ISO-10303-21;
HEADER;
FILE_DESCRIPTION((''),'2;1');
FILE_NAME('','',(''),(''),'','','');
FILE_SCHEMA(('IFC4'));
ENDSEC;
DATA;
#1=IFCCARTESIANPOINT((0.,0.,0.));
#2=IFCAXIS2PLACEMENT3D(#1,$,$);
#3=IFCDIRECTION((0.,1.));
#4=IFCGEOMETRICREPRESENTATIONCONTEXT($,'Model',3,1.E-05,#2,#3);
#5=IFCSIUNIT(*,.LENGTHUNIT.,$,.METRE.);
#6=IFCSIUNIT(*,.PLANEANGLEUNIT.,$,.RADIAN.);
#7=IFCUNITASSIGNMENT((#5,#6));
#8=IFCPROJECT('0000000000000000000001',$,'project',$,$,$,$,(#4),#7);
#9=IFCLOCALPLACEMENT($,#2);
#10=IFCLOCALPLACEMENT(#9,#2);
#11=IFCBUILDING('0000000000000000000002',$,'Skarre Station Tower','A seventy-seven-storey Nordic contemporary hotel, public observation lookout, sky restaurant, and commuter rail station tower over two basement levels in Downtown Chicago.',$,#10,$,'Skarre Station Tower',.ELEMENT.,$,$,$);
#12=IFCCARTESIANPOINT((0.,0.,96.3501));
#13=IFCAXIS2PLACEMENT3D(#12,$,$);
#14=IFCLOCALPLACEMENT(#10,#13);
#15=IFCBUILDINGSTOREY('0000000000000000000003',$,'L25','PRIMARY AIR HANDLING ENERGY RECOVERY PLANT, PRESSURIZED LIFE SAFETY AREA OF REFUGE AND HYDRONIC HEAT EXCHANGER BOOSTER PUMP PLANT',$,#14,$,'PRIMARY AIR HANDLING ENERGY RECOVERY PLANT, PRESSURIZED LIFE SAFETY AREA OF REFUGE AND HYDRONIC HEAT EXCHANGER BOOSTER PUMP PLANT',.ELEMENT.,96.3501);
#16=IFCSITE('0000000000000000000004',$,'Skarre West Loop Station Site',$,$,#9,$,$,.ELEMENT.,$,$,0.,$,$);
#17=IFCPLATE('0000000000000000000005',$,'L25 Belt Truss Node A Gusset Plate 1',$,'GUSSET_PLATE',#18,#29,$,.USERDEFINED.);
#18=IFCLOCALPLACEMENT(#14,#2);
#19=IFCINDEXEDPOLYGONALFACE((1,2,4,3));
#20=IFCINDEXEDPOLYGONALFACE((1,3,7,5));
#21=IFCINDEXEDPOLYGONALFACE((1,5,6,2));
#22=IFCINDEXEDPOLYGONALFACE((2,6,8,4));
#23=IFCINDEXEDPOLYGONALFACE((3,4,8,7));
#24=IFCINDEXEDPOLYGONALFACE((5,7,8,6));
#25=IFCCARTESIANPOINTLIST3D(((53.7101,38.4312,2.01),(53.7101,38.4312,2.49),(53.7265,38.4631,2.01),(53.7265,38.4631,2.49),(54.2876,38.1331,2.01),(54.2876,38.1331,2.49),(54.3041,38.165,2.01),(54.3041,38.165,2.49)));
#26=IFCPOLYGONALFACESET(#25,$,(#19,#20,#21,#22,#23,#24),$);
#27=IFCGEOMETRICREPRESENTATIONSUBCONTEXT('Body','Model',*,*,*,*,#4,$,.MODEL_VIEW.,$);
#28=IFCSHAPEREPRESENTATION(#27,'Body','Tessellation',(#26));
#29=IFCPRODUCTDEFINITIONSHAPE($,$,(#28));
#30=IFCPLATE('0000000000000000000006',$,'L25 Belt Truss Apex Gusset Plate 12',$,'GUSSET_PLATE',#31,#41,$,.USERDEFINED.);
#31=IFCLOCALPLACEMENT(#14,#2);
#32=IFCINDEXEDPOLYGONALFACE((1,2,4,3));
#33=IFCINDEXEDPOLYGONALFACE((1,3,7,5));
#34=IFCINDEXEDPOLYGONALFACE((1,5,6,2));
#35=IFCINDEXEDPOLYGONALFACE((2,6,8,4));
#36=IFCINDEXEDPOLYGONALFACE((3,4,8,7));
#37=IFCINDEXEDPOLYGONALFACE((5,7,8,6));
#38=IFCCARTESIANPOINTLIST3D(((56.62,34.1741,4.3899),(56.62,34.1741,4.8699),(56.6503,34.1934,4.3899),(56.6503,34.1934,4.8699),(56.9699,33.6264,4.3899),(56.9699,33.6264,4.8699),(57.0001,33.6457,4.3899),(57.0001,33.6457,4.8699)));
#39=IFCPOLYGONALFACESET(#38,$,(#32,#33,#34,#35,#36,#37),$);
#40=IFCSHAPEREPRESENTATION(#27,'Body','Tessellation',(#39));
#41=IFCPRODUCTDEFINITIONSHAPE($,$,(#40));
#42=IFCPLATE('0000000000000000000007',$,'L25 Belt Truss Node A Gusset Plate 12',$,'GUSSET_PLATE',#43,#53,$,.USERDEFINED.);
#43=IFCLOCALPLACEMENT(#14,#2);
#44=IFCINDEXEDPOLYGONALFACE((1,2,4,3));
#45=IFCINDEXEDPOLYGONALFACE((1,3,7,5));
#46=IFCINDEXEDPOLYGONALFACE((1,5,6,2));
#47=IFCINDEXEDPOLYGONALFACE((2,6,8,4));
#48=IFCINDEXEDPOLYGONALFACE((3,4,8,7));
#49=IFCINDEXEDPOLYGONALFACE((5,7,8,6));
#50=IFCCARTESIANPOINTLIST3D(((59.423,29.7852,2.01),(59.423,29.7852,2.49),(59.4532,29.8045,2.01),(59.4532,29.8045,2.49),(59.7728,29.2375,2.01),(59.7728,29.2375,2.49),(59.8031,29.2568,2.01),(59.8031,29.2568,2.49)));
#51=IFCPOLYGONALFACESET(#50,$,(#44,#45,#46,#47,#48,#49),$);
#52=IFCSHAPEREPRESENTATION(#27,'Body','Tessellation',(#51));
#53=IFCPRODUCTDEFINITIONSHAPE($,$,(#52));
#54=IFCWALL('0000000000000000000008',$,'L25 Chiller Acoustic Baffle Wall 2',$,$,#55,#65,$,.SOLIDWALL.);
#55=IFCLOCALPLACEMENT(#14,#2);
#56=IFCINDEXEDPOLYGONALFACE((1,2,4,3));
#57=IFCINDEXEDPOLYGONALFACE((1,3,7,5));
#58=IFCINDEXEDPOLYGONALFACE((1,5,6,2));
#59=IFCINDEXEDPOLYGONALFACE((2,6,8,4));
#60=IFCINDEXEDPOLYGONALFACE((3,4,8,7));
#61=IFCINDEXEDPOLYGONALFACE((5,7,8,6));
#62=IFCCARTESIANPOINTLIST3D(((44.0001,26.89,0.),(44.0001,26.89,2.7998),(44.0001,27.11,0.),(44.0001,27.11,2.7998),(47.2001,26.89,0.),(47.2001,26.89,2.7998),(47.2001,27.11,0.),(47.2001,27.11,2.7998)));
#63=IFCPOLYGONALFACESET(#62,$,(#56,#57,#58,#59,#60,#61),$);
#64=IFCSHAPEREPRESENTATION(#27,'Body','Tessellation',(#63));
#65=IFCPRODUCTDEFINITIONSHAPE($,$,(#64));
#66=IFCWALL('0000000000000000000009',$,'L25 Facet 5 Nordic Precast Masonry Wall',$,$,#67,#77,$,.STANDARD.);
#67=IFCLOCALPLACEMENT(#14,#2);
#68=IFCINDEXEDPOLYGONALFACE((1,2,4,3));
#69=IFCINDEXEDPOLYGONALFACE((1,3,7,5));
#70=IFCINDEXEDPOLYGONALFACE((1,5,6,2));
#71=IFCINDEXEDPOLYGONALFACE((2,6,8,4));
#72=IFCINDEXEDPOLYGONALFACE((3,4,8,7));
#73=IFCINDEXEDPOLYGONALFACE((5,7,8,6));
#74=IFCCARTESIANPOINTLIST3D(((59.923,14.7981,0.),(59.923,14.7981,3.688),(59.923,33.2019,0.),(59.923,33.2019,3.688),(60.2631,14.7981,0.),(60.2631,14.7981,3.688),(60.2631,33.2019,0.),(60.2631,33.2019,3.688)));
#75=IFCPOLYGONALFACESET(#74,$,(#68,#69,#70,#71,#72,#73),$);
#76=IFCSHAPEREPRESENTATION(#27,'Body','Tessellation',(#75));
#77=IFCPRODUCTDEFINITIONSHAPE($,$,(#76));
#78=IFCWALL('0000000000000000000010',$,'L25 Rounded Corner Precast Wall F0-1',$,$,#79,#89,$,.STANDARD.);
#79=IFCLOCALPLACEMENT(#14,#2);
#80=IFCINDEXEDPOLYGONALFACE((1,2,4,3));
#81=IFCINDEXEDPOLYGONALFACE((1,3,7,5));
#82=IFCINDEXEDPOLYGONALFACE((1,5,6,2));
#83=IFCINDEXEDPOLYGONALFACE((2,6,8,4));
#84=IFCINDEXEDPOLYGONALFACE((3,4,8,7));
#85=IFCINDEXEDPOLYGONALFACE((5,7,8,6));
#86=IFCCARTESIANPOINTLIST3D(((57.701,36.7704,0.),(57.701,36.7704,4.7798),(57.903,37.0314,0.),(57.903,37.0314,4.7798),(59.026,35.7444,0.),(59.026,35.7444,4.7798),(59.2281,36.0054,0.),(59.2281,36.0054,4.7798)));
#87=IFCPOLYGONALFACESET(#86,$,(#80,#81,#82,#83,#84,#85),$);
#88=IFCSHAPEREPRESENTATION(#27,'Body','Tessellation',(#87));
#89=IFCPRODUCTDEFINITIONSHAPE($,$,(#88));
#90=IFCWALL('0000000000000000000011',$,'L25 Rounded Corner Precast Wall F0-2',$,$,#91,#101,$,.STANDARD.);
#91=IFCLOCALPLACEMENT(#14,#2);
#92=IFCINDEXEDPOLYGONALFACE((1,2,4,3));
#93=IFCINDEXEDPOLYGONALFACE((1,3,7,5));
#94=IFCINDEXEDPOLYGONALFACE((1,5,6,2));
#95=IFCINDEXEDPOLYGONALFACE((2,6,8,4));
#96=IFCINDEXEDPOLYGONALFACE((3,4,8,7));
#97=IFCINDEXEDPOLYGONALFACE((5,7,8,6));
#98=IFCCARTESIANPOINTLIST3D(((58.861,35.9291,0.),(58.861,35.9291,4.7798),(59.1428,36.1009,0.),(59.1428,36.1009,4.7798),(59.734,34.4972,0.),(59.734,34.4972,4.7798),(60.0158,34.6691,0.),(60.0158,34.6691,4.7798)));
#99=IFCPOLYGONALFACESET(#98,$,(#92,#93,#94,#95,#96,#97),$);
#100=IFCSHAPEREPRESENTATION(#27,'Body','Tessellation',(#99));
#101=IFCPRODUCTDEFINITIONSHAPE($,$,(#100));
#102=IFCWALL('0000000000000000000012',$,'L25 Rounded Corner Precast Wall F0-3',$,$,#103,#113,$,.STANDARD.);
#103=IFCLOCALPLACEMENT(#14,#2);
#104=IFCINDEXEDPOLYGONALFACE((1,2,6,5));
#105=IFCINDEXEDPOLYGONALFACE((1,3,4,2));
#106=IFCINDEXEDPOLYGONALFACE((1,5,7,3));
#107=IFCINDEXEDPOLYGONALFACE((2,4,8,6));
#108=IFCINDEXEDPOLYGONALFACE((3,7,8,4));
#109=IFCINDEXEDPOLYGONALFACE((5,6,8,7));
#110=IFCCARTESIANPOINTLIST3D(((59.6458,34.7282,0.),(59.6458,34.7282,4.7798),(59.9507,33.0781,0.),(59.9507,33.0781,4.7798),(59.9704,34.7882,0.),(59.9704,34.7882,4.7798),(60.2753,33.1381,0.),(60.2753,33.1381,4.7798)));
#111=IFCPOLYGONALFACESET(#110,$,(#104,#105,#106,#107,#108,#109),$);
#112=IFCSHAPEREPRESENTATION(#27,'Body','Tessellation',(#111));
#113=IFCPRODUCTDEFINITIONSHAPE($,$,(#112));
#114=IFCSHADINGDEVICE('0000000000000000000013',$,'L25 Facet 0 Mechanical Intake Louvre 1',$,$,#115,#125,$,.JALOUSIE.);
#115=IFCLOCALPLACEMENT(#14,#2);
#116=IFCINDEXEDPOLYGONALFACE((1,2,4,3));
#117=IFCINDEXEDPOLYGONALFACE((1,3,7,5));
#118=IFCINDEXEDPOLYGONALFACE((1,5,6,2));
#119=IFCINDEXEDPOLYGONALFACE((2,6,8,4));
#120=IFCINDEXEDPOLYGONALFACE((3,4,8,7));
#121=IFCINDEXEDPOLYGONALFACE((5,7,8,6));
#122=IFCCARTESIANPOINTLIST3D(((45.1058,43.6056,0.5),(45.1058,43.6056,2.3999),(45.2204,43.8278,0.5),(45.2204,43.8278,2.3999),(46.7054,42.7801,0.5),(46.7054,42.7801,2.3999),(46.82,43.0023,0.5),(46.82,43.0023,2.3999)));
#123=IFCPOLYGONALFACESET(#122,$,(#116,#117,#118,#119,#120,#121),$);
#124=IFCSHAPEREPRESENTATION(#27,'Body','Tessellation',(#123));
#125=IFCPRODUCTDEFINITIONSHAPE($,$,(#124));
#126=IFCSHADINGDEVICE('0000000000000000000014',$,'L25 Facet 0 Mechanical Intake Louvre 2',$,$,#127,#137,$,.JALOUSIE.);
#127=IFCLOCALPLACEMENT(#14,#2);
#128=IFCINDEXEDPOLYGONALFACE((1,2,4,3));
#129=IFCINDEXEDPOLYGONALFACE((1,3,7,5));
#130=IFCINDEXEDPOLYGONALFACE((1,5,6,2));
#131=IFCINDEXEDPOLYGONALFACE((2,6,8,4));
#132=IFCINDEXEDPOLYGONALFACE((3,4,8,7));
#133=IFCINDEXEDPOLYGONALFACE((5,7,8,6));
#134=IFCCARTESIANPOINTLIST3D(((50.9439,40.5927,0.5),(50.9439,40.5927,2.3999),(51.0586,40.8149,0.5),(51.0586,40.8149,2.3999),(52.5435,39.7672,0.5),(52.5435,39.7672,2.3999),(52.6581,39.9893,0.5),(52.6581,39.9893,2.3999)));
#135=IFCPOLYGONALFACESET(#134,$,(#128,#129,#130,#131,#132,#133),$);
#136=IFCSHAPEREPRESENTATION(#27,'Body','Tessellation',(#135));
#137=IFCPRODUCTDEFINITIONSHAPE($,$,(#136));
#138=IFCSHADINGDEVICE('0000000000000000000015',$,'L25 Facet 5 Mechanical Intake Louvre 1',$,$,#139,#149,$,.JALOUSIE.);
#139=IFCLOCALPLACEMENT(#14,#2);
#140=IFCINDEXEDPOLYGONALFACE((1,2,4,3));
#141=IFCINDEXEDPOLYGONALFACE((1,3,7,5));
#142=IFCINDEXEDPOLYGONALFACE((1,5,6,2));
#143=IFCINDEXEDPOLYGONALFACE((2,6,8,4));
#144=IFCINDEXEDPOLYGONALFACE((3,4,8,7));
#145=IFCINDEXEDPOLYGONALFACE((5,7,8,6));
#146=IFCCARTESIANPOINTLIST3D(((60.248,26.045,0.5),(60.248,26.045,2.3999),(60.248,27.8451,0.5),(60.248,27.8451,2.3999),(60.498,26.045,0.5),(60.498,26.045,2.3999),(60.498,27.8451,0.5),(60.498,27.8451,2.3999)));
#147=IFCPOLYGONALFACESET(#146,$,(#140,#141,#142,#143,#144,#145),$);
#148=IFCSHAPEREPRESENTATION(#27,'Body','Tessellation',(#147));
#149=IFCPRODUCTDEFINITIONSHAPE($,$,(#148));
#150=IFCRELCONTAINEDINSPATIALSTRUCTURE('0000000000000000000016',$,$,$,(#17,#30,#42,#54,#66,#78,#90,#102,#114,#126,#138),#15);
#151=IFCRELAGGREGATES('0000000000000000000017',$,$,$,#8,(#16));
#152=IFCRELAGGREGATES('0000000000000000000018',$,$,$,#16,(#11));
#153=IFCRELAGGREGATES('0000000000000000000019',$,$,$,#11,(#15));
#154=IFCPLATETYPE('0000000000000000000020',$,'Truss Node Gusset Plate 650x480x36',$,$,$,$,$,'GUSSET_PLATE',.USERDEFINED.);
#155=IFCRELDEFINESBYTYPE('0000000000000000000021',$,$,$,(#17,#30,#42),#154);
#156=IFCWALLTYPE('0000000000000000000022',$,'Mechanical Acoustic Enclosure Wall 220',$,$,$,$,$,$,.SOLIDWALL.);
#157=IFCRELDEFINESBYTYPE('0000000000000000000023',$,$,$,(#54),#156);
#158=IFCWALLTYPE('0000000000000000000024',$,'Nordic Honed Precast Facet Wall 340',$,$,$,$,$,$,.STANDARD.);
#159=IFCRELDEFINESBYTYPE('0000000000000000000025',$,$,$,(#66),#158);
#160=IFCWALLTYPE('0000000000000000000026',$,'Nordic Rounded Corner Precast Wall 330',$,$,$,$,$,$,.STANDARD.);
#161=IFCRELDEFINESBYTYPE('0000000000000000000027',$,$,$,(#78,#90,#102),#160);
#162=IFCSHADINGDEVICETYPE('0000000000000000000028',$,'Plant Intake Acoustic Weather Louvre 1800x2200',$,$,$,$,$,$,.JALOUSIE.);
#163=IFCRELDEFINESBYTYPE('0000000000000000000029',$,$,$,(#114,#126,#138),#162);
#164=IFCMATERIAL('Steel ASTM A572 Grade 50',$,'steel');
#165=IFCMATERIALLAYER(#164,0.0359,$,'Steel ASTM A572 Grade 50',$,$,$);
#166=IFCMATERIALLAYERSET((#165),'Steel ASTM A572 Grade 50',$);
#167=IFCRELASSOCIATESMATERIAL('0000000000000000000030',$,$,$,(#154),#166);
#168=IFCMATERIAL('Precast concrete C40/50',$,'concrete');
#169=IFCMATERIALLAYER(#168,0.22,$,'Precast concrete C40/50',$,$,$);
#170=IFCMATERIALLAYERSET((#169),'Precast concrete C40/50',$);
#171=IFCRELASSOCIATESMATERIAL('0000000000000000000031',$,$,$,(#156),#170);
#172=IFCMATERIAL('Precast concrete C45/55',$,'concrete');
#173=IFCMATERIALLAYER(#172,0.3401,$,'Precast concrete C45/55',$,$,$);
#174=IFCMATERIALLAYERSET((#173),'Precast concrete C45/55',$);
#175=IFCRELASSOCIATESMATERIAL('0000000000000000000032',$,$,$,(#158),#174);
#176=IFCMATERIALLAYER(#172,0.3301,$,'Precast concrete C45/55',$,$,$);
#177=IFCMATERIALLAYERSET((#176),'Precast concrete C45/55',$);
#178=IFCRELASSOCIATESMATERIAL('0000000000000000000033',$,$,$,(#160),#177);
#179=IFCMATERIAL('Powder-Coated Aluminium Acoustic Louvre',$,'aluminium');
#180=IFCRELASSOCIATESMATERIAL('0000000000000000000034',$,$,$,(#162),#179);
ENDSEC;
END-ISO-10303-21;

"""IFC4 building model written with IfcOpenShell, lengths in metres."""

from ifc_helpers import new_model, si_unit, direction, frame, frame_2d, origin, origin_2d, place, context, subcontext, project, spatial, rectangle, extrude, material, layer, layer_set, type_object, element, save


model = new_model("IFC4")

# Units and contexts
model_context = context("Model", 3, precision=1e-05, world=origin(), true_north=direction((0.0, 1.0)))
body_context = subcontext(model_context, "Body", "Model", "MODEL_VIEW")
ifc_project = project(units=[si_unit("LENGTHUNIT", "METRE"), si_unit("PLANEANGLEUNIT", "RADIAN")], contexts=[model_context])

# Site, building, storey
site_placement = place(None, origin())
site = spatial("IfcSite", under=ifc_project, at=site_placement, Name="Skarre West Loop Station Site", CompositionType="ELEMENT", RefElevation=0.0)
building_placement = place(site_placement, origin())
building = spatial("IfcBuilding", under=site, at=building_placement, Name="Skarre Station Tower", Description="A seventy-seven-storey Nordic contemporary hotel, public observation lookout, sky restaurant, and commuter rail station tower over two basement levels in Downtown Chicago.", LongName="Skarre Station Tower", CompositionType="ELEMENT")
storey_placement = place(building_placement, frame((0.0, 0.0, 96.3501)))
storey = spatial("IfcBuildingStorey", under=building, at=storey_placement, Name="L25", Description="PRIMARY AIR HANDLING ENERGY RECOVERY PLANT, PRESSURIZED LIFE SAFETY AREA OF REFUGE AND HYDRONIC HEAT EXCHANGER BOOSTER PUMP PLANT", LongName="PRIMARY AIR HANDLING ENERGY RECOVERY PLANT, PRESSURIZED LIFE SAFETY AREA OF REFUGE AND HYDRONIC HEAT EXCHANGER BOOSTER PUMP PLANT", CompositionType="ELEMENT", Elevation=96.3501)

# Shared definitions
ifc_material_1 = material(Name="Steel ASTM A572 Grade 50", Category="steel")

# Plates
ifc_layer_1 = layer(ifc_material_1, 0.0359, Name="Steel ASTM A572 Grade 50")
ifc_layer_set_1 = layer_set([ifc_layer_1], Name="Steel ASTM A572 Grade 50")
plate_type_1 = type_object("IfcPlateType", Name="Truss Node Gusset Plate 650x480x36", ElementType="GUSSET_PLATE", PredefinedType="USERDEFINED", material=ifc_layer_set_1)
for number, where, z_axis, x_axis, name in (
    (1, (54.0071, 38.2981, 2.01), (0.0, 0.0, 1.0), (-0.888657, 0.458572, 0.0), "L25 Belt Truss Node A Gusset Plate 1"),
    (2, (56.8101, 33.9099, 4.3899), (0.0, 0.0, 1.0), (-0.538285, 0.842763, 0.0), "L25 Belt Truss Apex Gusset Plate 12"),
    (3, (59.613, 29.521, 2.01), (0.0, 0.0, 1.0), (-0.538285, 0.842763, 0.0), "L25 Belt Truss Node A Gusset Plate 12"),
):
    element("IfcPlate", number, at=place(storey_placement, frame(where, z_axis=z_axis, x_axis=x_axis)), inside=storey, type_object=plate_type_1, Name=name, ObjectType="GUSSET_PLATE", PredefinedType="USERDEFINED", context=body_context, shape_type="SweptSolid", body=[
        extrude(rectangle(XDim=0.6499, YDim=0.0359, at=origin_2d()), origin(), (0.0, 0.0, 1.0), 0.48),
    ])

# Walls
ifc_material_2 = material(Name="Precast concrete C40/50", Category="concrete")
ifc_layer_2 = layer(ifc_material_2, 0.22, Name="Precast concrete C40/50")
ifc_layer_set_2 = layer_set([ifc_layer_2], Name="Precast concrete C40/50")
wall_type_1 = type_object("IfcWallType", Name="Mechanical Acoustic Enclosure Wall 220", PredefinedType="SOLIDWALL", material=ifc_layer_set_2)
wall_1_placement = place(storey_placement, frame((44.0, 27.0, 0.0), z_axis=(0.0, 0.0, 1.0), x_axis=(1.0, 0.0, 0.0)))
element("IfcWall", 4, at=wall_1_placement, inside=storey, type_object=wall_type_1, Name="L25 Chiller Acoustic Baffle Wall 2", PredefinedType="SOLIDWALL", context=body_context, shape_type="SweptSolid", body=[
    extrude(rectangle(XDim=3.2, YDim=0.22, at=frame_2d((1.6001, 0.0))), origin(), (0.0, 0.0, 1.0), 2.7998),
])
ifc_material_3 = material(Name="Precast concrete C45/55", Category="concrete")
ifc_layer_3 = layer(ifc_material_3, 0.3401, Name="Precast concrete C45/55")
ifc_layer_set_3 = layer_set([ifc_layer_3], Name="Precast concrete C45/55")
wall_type_2 = type_object("IfcWallType", Name="Nordic Honed Precast Facet Wall 340", PredefinedType="STANDARD", material=ifc_layer_set_3)
wall_2_placement = place(storey_placement, frame((60.093, 33.2019, 0.0), z_axis=(0.0, 0.0, 1.0), x_axis=(0.0, -1.0, 0.0)))
element("IfcWall", 5, at=wall_2_placement, inside=storey, type_object=wall_type_2, Name="L25 Facet 5 Nordic Precast Masonry Wall", PredefinedType="STANDARD", context=body_context, shape_type="SweptSolid", body=[
    extrude(rectangle(XDim=18.4038, YDim=0.3401, at=frame_2d((9.2019, 0.0))), origin(), (0.0, 0.0, 1.0), 3.688),
])
ifc_layer_4 = layer(ifc_material_3, 0.3301, Name="Precast concrete C45/55")
ifc_layer_set_4 = layer_set([ifc_layer_4], Name="Precast concrete C45/55")
wall_type_3 = type_object("IfcWallType", Name="Nordic Rounded Corner Precast Wall 330", PredefinedType="STANDARD", material=ifc_layer_set_4)
wall_3_placement = place(storey_placement, frame((57.802, 36.9009, 0.0), z_axis=(0.0, 0.0, 1.0), x_axis=(0.790692, -0.612214, 0.0)))
element("IfcWall", 6, at=wall_3_placement, inside=storey, type_object=wall_type_3, Name="L25 Rounded Corner Precast Wall F0-1", PredefinedType="STANDARD", context=body_context, shape_type="SweptSolid", body=[
    extrude(rectangle(XDim=1.6758, YDim=0.3301, at=frame_2d((0.8379, 0.0))), origin(), (0.0, 0.0, 1.0), 4.7798),
])
wall_4_placement = place(storey_placement, frame((59.002, 36.0149, 0.0), z_axis=(0.0, 0.0, 1.0), x_axis=(0.520584, -0.85381, 0.0)))
element("IfcWall", 7, at=wall_4_placement, inside=storey, type_object=wall_type_3, Name="L25 Rounded Corner Precast Wall F0-2", PredefinedType="STANDARD", context=body_context, shape_type="SweptSolid", body=[
    extrude(rectangle(XDim=1.677, YDim=0.3301, at=frame_2d((0.8384, 0.0))), origin(), (0.0, 0.0, 1.0), 4.7798),
])
wall_5_placement = place(storey_placement, frame((59.8081, 34.7581, 0.0), z_axis=(0.0, 0.0, 1.0), x_axis=(0.181714, -0.983351, 0.0)))
element("IfcWall", 8, at=wall_5_placement, inside=storey, type_object=wall_type_3, Name="L25 Rounded Corner Precast Wall F0-3", PredefinedType="STANDARD", context=body_context, shape_type="SweptSolid", body=[
    extrude(rectangle(XDim=1.678, YDim=0.3301, at=frame_2d((0.8389, 0.0))), origin(), (0.0, 0.0, 1.0), 4.7798),
])

# Shading devices
ifc_material_4 = material(Name="Powder-Coated Aluminium Acoustic Louvre", Category="aluminium")
shading_device_type = type_object("IfcShadingDeviceType", Name="Plant Intake Acoustic Weather Louvre 1800x2200", PredefinedType="JALOUSIE", material=ifc_material_4)
for number, where, z_axis, x_axis, name in (
    (9, (45.9629, 43.304, 0.5), (0.0, 0.0, 1.0), (0.458619, 0.888633, 0.0), "L25 Facet 0 Mechanical Intake Louvre 1"),
    (10, (51.801, 40.291, 0.5), (0.0, 0.0, 1.0), (0.458619, 0.888633, 0.0), "L25 Facet 0 Mechanical Intake Louvre 2"),
    (11, (60.373, 26.9451, 0.5), (0.0, 0.0, 1.0), (1.0, 0.0, 0.0), "L25 Facet 5 Mechanical Intake Louvre 1"),
):
    element("IfcShadingDevice", number, at=place(storey_placement, frame(where, z_axis=z_axis, x_axis=x_axis)), inside=storey, type_object=shading_device_type, Name=name, PredefinedType="JALOUSIE", context=body_context, shape_type="SweptSolid", body=[
        extrude(rectangle(XDim=0.25, YDim=1.8, at=origin_2d()), origin(), (0.0, 0.0, 1.0), 1.8999),
    ])

save(model, "model.ifc")
